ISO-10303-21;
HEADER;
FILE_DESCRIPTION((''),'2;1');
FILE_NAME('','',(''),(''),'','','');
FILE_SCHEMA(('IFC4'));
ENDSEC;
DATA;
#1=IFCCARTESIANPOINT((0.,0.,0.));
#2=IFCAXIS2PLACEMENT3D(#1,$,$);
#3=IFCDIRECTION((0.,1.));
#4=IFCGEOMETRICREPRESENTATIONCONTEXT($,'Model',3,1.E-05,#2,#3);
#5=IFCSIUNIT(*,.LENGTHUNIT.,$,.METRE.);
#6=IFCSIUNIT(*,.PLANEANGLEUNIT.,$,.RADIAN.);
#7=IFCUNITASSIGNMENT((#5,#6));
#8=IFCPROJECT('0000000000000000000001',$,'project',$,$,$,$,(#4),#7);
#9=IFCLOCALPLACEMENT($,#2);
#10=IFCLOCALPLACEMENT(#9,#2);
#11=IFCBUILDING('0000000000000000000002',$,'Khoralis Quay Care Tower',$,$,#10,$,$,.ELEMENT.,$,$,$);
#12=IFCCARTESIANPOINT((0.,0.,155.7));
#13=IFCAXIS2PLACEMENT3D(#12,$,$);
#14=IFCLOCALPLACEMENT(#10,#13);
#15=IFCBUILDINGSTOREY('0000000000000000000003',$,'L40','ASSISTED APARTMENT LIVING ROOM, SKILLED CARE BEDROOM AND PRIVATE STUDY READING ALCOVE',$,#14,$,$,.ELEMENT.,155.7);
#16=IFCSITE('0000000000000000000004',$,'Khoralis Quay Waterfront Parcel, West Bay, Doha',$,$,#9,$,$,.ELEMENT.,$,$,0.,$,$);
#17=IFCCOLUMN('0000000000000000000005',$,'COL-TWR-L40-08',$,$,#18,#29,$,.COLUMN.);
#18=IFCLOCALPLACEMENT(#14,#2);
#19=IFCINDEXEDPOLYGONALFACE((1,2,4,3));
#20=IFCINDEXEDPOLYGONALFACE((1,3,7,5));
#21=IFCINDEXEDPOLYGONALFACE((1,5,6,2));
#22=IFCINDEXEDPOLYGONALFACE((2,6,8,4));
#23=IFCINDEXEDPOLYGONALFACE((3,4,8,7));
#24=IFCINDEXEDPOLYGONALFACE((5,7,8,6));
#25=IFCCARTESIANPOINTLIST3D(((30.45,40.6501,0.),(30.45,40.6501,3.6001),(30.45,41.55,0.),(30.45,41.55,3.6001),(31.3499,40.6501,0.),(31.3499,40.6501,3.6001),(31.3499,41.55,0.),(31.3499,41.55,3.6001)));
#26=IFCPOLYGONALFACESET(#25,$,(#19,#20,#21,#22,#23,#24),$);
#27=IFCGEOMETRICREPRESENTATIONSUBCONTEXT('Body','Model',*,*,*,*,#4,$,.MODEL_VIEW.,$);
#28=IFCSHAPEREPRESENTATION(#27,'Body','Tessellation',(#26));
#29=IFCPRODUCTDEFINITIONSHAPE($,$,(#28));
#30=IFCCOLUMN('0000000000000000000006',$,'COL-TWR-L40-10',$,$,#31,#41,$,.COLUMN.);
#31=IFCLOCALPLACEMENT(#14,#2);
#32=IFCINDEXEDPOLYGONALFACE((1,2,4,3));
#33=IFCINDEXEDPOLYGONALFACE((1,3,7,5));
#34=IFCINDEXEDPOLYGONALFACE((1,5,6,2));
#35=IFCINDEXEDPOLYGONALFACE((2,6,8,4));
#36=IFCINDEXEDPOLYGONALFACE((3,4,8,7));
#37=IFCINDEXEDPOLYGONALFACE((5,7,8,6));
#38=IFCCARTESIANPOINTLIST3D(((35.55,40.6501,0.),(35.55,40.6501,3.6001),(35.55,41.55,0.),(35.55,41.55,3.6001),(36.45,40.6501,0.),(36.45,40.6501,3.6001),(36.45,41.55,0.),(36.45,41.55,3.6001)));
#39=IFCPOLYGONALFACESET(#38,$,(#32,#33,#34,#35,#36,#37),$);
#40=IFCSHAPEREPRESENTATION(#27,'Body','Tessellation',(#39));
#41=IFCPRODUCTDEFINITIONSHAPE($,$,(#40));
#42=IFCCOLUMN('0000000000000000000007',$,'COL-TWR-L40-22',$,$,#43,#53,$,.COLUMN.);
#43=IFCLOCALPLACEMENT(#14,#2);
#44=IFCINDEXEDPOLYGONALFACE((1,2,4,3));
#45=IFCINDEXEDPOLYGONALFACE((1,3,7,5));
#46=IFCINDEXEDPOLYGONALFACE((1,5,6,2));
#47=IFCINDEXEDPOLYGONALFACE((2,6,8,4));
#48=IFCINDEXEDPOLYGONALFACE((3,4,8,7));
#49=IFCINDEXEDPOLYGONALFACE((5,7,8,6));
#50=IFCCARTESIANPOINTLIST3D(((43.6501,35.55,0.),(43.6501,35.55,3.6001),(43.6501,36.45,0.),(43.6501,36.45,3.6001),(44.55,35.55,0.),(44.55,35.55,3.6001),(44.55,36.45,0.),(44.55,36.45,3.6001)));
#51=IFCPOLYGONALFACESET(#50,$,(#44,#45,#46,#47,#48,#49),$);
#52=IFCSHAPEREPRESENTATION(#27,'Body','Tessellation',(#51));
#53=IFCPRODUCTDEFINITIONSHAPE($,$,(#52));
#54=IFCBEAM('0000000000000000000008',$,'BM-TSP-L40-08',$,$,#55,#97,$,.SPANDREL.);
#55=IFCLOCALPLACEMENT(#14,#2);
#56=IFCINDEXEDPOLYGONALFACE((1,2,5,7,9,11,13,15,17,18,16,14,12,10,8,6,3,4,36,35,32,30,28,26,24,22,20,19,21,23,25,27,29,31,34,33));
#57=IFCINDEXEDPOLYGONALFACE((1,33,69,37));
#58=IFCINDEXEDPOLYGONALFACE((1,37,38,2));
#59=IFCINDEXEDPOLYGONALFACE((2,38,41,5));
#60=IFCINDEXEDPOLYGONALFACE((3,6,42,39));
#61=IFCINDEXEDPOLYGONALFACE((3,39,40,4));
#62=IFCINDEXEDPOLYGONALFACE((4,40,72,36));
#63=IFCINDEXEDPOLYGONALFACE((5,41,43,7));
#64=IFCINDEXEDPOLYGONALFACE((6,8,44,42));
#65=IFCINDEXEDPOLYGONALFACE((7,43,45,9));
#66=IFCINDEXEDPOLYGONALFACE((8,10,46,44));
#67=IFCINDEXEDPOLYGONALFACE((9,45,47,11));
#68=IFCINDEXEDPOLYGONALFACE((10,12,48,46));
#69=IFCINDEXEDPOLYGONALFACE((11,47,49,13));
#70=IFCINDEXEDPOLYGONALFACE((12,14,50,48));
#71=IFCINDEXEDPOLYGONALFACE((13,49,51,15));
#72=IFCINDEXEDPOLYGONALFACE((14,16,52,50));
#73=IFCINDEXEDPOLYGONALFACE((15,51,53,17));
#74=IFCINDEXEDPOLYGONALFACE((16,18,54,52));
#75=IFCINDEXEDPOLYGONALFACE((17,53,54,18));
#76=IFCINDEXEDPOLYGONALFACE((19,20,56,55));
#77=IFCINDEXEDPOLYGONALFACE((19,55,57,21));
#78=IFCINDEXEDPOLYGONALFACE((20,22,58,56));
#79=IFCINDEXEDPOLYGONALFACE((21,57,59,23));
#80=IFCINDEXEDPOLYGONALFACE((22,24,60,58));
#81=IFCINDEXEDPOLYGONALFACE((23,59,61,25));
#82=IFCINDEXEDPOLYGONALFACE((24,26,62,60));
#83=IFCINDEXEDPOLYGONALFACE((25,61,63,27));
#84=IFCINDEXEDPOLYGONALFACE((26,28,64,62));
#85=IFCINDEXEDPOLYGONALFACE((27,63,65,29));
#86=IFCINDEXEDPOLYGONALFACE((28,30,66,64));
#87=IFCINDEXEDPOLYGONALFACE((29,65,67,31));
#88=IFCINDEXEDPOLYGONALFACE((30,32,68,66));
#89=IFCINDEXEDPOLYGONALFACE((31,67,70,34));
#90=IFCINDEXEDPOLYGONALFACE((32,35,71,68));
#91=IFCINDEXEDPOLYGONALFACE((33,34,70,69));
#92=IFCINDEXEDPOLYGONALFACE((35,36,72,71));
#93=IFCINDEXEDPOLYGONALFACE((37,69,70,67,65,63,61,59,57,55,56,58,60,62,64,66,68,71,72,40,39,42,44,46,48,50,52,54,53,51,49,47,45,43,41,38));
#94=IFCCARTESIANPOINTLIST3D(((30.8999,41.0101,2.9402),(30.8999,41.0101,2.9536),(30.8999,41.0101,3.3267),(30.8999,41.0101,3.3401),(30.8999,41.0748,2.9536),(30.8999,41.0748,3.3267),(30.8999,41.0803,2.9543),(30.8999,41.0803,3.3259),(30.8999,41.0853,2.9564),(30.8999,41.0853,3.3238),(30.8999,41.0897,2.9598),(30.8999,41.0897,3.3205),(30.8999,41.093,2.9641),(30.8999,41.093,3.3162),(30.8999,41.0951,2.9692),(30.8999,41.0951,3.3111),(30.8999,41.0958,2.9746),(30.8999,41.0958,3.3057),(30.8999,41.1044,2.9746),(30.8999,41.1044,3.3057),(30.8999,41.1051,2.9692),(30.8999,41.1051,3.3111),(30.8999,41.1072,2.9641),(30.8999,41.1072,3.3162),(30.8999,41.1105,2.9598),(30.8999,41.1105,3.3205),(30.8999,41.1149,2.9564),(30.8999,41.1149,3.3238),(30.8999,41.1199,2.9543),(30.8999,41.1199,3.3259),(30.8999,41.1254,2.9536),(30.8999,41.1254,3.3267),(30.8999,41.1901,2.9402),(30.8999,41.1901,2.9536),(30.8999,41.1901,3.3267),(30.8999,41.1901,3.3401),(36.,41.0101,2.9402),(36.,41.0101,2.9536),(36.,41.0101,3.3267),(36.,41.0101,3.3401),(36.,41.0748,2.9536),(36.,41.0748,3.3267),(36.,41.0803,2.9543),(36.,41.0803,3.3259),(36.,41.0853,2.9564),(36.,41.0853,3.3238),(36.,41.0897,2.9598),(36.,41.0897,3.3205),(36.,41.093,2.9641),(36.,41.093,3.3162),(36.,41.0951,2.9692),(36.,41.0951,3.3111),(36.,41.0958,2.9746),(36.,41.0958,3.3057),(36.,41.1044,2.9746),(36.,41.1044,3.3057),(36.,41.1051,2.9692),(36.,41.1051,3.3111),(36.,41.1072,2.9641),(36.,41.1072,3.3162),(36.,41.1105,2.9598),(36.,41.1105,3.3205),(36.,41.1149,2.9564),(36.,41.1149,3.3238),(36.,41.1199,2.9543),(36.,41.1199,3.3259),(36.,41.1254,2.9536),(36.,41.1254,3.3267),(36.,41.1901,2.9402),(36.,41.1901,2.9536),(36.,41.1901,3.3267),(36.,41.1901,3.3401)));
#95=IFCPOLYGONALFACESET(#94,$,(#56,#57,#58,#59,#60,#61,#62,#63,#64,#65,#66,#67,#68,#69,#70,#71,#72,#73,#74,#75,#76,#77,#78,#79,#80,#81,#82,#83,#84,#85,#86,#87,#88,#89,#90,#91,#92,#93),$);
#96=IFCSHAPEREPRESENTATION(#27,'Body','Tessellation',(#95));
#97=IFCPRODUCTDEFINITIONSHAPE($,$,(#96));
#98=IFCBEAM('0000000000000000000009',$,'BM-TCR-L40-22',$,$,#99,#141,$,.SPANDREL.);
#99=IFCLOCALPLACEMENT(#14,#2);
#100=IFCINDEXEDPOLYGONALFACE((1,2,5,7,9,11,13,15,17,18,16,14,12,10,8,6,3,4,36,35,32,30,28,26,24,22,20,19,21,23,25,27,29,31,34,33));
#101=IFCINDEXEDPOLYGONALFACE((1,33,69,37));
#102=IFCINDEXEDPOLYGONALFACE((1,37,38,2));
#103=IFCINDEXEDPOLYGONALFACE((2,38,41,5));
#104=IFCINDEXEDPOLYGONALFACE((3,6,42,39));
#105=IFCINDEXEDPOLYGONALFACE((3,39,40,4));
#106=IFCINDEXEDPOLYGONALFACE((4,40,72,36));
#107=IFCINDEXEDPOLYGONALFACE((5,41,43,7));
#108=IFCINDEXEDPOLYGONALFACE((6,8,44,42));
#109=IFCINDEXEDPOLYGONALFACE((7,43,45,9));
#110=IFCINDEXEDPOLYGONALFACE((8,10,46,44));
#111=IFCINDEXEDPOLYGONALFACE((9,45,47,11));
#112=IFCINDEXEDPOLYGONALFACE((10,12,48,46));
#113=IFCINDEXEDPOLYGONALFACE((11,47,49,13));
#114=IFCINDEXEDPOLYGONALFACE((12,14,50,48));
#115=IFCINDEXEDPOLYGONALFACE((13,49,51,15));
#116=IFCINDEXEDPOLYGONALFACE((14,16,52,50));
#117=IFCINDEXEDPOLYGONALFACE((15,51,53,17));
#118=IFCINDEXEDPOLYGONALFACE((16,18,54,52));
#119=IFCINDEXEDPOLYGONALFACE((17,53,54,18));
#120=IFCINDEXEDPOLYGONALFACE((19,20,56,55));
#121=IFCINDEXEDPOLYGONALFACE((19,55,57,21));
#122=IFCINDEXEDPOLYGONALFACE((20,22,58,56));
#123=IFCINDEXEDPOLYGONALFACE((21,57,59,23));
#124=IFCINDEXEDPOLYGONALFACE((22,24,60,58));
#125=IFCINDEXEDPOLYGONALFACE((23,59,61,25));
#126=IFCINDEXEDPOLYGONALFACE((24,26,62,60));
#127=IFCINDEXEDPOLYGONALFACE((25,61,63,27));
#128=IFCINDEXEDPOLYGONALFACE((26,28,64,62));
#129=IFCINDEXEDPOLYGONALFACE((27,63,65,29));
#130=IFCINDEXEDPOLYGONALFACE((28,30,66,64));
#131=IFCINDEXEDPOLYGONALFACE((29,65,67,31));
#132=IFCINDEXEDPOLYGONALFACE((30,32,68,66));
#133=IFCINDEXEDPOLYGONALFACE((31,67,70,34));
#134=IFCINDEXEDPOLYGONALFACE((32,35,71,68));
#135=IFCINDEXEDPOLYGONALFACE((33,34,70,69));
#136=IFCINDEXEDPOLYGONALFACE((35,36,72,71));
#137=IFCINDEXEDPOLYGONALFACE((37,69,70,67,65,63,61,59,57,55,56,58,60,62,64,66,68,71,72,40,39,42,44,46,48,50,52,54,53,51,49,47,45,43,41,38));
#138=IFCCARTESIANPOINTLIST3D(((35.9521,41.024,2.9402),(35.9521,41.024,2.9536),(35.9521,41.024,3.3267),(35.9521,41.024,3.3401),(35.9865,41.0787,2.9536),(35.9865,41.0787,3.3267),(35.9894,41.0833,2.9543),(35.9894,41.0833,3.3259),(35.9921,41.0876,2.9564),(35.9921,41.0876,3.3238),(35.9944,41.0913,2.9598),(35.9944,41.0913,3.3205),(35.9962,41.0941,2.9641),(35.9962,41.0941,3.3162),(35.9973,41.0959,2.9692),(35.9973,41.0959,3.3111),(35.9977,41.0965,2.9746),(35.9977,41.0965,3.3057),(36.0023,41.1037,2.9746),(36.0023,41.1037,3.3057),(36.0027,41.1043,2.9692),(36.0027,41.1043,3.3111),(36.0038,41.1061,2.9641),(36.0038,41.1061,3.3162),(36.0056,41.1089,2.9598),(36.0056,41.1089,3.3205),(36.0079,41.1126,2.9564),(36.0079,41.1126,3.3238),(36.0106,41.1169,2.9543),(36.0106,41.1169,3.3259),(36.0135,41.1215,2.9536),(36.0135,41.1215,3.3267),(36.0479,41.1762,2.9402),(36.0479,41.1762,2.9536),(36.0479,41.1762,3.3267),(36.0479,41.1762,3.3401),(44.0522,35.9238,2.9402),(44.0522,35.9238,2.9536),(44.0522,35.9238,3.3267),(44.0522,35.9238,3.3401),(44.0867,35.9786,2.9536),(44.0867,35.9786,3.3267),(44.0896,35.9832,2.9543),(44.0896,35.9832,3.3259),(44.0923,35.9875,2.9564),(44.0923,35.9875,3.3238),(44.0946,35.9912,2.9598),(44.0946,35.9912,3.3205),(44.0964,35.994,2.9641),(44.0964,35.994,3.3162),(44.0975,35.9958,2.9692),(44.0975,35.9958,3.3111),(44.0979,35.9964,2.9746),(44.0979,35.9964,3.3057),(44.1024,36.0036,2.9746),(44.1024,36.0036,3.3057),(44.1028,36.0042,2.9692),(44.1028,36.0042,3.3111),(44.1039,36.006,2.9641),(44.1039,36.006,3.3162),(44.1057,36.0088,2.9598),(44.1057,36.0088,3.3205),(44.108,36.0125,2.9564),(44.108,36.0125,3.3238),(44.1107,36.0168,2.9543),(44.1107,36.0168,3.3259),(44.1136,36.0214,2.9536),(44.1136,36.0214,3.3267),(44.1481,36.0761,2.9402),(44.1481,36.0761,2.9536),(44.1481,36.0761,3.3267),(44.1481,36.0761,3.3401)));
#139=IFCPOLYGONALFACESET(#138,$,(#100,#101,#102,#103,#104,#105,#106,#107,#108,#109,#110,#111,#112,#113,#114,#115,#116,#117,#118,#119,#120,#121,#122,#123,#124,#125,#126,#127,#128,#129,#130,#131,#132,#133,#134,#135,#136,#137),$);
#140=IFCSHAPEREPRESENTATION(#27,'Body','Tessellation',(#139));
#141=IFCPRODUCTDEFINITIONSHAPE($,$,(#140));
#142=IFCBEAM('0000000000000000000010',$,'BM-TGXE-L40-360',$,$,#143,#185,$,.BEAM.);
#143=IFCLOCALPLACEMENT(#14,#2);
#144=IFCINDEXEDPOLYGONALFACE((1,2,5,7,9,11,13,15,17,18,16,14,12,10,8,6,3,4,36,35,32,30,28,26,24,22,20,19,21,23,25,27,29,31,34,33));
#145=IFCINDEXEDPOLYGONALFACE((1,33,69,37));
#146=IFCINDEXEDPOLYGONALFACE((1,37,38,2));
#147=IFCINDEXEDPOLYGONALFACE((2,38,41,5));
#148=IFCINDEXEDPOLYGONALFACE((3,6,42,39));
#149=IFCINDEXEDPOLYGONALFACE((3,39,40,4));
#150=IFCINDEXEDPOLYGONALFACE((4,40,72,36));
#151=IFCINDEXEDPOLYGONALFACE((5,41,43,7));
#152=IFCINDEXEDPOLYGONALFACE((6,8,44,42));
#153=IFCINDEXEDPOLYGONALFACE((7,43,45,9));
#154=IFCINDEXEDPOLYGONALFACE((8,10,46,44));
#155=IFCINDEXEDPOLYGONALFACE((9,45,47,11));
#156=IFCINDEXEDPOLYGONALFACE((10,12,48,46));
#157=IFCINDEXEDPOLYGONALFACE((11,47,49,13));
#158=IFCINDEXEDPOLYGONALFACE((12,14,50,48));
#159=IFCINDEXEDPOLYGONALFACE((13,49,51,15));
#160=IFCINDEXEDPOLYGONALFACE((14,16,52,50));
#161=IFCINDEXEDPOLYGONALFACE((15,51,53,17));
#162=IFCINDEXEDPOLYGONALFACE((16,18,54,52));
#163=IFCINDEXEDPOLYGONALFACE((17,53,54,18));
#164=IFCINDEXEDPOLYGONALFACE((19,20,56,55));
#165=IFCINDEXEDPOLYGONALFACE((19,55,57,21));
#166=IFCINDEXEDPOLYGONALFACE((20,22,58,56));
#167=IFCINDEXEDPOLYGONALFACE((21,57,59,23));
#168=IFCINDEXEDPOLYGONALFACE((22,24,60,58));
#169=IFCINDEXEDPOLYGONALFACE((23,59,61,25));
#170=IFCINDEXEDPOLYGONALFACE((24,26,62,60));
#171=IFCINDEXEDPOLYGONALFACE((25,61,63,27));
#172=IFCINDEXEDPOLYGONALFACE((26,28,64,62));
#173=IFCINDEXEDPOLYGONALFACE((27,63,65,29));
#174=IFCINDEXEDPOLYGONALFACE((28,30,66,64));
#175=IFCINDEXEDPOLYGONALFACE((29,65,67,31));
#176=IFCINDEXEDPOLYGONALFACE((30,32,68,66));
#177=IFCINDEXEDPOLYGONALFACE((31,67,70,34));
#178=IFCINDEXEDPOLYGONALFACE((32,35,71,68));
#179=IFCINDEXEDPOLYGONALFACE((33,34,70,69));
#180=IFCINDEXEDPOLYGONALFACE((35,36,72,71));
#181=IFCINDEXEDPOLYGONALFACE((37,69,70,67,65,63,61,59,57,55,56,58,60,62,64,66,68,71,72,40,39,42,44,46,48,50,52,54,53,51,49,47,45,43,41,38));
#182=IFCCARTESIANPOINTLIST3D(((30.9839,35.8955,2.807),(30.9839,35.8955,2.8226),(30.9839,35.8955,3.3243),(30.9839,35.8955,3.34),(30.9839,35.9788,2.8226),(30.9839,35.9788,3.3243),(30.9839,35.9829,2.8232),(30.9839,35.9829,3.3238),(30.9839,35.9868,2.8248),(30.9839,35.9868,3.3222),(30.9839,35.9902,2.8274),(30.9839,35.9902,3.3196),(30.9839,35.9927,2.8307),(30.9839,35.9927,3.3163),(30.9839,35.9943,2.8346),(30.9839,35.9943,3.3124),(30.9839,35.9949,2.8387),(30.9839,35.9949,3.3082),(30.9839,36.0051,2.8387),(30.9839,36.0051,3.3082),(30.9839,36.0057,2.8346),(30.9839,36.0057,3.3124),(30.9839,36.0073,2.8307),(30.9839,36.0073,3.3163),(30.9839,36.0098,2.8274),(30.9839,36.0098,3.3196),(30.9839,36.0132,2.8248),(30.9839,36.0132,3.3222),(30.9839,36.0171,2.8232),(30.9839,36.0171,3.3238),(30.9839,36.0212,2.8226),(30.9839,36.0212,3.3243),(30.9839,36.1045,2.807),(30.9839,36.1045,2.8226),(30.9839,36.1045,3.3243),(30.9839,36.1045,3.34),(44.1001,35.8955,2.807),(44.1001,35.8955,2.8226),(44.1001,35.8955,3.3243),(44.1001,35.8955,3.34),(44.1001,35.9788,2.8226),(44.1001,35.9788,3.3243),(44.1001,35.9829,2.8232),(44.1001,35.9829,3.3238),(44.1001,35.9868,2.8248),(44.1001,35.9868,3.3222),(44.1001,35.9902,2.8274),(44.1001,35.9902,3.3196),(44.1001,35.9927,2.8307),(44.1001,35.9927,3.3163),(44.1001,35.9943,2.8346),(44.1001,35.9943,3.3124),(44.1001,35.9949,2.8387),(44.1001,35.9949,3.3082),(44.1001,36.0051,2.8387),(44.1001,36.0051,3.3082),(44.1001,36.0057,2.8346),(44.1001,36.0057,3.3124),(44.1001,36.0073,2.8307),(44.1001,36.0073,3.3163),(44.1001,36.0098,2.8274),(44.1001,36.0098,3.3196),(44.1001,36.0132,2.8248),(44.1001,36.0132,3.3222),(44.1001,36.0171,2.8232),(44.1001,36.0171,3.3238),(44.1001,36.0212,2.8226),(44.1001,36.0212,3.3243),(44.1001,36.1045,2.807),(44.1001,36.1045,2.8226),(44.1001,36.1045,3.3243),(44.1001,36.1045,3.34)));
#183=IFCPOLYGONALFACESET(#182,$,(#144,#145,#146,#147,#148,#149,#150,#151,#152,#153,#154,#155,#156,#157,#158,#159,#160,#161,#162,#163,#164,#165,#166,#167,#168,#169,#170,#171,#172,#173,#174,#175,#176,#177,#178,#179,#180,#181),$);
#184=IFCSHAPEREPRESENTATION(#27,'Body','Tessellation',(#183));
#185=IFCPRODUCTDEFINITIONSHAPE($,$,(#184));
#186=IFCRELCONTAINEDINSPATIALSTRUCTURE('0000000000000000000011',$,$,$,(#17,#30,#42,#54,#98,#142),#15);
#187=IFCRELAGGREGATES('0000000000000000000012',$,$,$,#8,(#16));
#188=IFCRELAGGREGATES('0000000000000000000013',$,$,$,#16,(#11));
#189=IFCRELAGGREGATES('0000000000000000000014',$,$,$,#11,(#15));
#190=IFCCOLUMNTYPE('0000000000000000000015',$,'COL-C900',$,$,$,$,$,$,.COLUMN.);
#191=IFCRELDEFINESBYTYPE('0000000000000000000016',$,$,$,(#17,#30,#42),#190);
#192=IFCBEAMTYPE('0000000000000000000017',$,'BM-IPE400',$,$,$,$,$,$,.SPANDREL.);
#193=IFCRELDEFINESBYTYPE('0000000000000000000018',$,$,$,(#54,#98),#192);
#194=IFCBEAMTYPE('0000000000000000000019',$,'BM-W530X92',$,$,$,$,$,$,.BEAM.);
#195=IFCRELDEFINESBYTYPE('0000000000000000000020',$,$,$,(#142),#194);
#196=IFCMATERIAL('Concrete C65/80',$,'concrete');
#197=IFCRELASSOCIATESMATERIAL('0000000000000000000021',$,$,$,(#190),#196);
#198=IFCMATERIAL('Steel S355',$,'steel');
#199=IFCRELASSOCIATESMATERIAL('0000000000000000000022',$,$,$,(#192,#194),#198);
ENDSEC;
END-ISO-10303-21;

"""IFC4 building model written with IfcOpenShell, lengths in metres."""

from ifc_helpers import new_model, si_unit, direction, frame, origin, origin_2d, place, context, subcontext, project, spatial, rectangle, i_section, extrude, source, transform, mapped, material, material_profile, profile_set, type_object, element, save


model = new_model("IFC4")

# Units and contexts
model_context = context("Model", 3, precision=1e-05, world=origin(), true_north=direction((0.0, 1.0)))
body_context = subcontext(model_context, "Body", "Model", "MODEL_VIEW")
ifc_project = project(units=[si_unit("LENGTHUNIT", "METRE"), si_unit("PLANEANGLEUNIT", "RADIAN")], contexts=[model_context])

# Site, building, storey
site_placement = place(None, origin())
site = spatial("IfcSite", under=ifc_project, at=site_placement, Name="Khoralis Quay Waterfront Parcel, West Bay, Doha", CompositionType="ELEMENT", RefElevation=0.0)
building_placement = place(site_placement, origin())
building = spatial("IfcBuilding", under=site, at=building_placement, Name="Khoralis Quay Care Tower", CompositionType="ELEMENT")
storey_placement = place(building_placement, frame((0.0, 0.0, 155.7)))
storey = spatial("IfcBuildingStorey", under=building, at=storey_placement, Name="L40", Description="ASSISTED APARTMENT LIVING ROOM, SKILLED CARE BEDROOM AND PRIVATE STUDY READING ALCOVE", CompositionType="ELEMENT", Elevation=155.7)

# Columns
ifc_material_1 = material(Name="Concrete C65/80", Category="concrete")
ifc_material_profile_1 = material_profile(ifc_material_1, rectangle(XDim=0.8999, YDim=0.8999, at=origin_2d()), Name="Concrete C65/80")
ifc_profile_set_1 = profile_set([ifc_material_profile_1], Name="Concrete C65/80")
column_type = type_object("IfcColumnType", Name="COL-C900", PredefinedType="COLUMN", material=ifc_profile_set_1)
shared_shape_1 = source(origin(), body_context, "Body", "SweptSolid", [
    extrude(rectangle(XDim=0.8999, YDim=0.8999, at=origin_2d()), origin(), (0.0, 0.0, 1.0), 3.6001),
])
for number, where, z_axis, x_axis, name in (
    (1, (30.8999, 41.1001, 0.0), (0.0, 0.0, 1.0), (1.0, 0.0, 0.0), "COL-TWR-L40-08"),
    (2, (36.0, 41.1001, 0.0), (0.0, 0.0, 1.0), (1.0, 0.0, 0.0), "COL-TWR-L40-10"),
    (3, (44.1001, 36.0, 0.0), (0.0, 0.0, 1.0), (1.0, 0.0, 0.0), "COL-TWR-L40-22"),
):
    element("IfcColumn", number, at=place(storey_placement, frame(where, z_axis=z_axis, x_axis=x_axis)), inside=storey, type_object=column_type, Name=name, PredefinedType="COLUMN", context=body_context, shape_type="MappedRepresentation", body=[
        mapped(shared_shape_1, transform((0.0, 0.0, 0.0), scale=1.0)),
    ])

# Beams
ifc_material_2 = material(Name="Steel S355", Category="steel")
ifc_material_profile_2 = material_profile(ifc_material_2, i_section(OverallWidth=0.1799, OverallDepth=0.3999, WebThickness=0.0085, FlangeThickness=0.0134, FilletRadius=0.021, at=origin_2d()), Name="Steel S355")
ifc_profile_set_2 = profile_set([ifc_material_profile_2], Name="Steel S355")
beam_type_1 = type_object("IfcBeamType", Name="BM-IPE400", PredefinedType="SPANDREL", material=ifc_profile_set_2)
shared_shape_2 = source(origin(), body_context, "Body", "SweptSolid", [
    extrude(i_section(OverallWidth=0.1799, OverallDepth=0.3999, WebThickness=0.0085, FlangeThickness=0.0134, FilletRadius=0.021, at=origin_2d()), origin(), (0.0, 0.0, 1.0), 5.1001),
])
beam_1_placement = place(storey_placement, frame((30.8999, 41.1001, 3.1401), z_axis=(1.0, 0.0, 0.0), x_axis=(0.0, 1.0, 0.0)))
element("IfcBeam", 4, at=beam_1_placement, inside=storey, type_object=beam_type_1, Name="BM-TSP-L40-08", PredefinedType="SPANDREL", context=body_context, shape_type="MappedRepresentation", body=[
    mapped(shared_shape_2, transform((0.0, 0.0, 0.0), scale=1.0)),
])
shared_shape_3 = source(origin(), body_context, "Body", "SweptSolid", [
    extrude(i_section(OverallWidth=0.1799, OverallDepth=0.3999, WebThickness=0.0085, FlangeThickness=0.0134, FilletRadius=0.021, at=origin_2d()), origin(), (0.0, 0.0, 1.0), 9.572),
])
beam_2_placement = place(storey_placement, frame((36.0, 41.1001, 3.1401), z_axis=(0.846231, -0.532816, 0.0), x_axis=(0.532816, 0.846231, 0.0)))
element("IfcBeam", 5, at=beam_2_placement, inside=storey, type_object=beam_type_1, Name="BM-TCR-L40-22", PredefinedType="SPANDREL", context=body_context, shape_type="MappedRepresentation", body=[
    mapped(shared_shape_3, transform((0.0, 0.0, 0.0), scale=1.0)),
])
ifc_material_profile_3 = material_profile(ifc_material_2, i_section(OverallWidth=0.209, OverallDepth=0.533, WebThickness=0.0103, FlangeThickness=0.0156, FilletRadius=0.0161, at=origin_2d()), Name="Steel S355")
ifc_profile_set_3 = profile_set([ifc_material_profile_3], Name="Steel S355")
beam_type_2 = type_object("IfcBeamType", Name="BM-W530X92", PredefinedType="BEAM", material=ifc_profile_set_3)
shared_shape_4 = source(origin(), body_context, "Body", "SweptSolid", [
    extrude(i_section(OverallWidth=0.209, OverallDepth=0.533, WebThickness=0.0103, FlangeThickness=0.0156, FilletRadius=0.0161, at=origin_2d()), origin(), (0.0, 0.0, 1.0), 13.1162),
])
beam_3_placement = place(storey_placement, frame((30.9839, 36.0, 3.0735), z_axis=(1.0, 0.0, 0.0), x_axis=(0.0, 1.0, 0.0)))
element("IfcBeam", 6, at=beam_3_placement, inside=storey, type_object=beam_type_2, Name="BM-TGXE-L40-360", PredefinedType="BEAM", context=body_context, shape_type="MappedRepresentation", body=[
    mapped(shared_shape_4, transform((0.0, 0.0, 0.0), scale=1.0)),
])

save(model, "model.ifc")
